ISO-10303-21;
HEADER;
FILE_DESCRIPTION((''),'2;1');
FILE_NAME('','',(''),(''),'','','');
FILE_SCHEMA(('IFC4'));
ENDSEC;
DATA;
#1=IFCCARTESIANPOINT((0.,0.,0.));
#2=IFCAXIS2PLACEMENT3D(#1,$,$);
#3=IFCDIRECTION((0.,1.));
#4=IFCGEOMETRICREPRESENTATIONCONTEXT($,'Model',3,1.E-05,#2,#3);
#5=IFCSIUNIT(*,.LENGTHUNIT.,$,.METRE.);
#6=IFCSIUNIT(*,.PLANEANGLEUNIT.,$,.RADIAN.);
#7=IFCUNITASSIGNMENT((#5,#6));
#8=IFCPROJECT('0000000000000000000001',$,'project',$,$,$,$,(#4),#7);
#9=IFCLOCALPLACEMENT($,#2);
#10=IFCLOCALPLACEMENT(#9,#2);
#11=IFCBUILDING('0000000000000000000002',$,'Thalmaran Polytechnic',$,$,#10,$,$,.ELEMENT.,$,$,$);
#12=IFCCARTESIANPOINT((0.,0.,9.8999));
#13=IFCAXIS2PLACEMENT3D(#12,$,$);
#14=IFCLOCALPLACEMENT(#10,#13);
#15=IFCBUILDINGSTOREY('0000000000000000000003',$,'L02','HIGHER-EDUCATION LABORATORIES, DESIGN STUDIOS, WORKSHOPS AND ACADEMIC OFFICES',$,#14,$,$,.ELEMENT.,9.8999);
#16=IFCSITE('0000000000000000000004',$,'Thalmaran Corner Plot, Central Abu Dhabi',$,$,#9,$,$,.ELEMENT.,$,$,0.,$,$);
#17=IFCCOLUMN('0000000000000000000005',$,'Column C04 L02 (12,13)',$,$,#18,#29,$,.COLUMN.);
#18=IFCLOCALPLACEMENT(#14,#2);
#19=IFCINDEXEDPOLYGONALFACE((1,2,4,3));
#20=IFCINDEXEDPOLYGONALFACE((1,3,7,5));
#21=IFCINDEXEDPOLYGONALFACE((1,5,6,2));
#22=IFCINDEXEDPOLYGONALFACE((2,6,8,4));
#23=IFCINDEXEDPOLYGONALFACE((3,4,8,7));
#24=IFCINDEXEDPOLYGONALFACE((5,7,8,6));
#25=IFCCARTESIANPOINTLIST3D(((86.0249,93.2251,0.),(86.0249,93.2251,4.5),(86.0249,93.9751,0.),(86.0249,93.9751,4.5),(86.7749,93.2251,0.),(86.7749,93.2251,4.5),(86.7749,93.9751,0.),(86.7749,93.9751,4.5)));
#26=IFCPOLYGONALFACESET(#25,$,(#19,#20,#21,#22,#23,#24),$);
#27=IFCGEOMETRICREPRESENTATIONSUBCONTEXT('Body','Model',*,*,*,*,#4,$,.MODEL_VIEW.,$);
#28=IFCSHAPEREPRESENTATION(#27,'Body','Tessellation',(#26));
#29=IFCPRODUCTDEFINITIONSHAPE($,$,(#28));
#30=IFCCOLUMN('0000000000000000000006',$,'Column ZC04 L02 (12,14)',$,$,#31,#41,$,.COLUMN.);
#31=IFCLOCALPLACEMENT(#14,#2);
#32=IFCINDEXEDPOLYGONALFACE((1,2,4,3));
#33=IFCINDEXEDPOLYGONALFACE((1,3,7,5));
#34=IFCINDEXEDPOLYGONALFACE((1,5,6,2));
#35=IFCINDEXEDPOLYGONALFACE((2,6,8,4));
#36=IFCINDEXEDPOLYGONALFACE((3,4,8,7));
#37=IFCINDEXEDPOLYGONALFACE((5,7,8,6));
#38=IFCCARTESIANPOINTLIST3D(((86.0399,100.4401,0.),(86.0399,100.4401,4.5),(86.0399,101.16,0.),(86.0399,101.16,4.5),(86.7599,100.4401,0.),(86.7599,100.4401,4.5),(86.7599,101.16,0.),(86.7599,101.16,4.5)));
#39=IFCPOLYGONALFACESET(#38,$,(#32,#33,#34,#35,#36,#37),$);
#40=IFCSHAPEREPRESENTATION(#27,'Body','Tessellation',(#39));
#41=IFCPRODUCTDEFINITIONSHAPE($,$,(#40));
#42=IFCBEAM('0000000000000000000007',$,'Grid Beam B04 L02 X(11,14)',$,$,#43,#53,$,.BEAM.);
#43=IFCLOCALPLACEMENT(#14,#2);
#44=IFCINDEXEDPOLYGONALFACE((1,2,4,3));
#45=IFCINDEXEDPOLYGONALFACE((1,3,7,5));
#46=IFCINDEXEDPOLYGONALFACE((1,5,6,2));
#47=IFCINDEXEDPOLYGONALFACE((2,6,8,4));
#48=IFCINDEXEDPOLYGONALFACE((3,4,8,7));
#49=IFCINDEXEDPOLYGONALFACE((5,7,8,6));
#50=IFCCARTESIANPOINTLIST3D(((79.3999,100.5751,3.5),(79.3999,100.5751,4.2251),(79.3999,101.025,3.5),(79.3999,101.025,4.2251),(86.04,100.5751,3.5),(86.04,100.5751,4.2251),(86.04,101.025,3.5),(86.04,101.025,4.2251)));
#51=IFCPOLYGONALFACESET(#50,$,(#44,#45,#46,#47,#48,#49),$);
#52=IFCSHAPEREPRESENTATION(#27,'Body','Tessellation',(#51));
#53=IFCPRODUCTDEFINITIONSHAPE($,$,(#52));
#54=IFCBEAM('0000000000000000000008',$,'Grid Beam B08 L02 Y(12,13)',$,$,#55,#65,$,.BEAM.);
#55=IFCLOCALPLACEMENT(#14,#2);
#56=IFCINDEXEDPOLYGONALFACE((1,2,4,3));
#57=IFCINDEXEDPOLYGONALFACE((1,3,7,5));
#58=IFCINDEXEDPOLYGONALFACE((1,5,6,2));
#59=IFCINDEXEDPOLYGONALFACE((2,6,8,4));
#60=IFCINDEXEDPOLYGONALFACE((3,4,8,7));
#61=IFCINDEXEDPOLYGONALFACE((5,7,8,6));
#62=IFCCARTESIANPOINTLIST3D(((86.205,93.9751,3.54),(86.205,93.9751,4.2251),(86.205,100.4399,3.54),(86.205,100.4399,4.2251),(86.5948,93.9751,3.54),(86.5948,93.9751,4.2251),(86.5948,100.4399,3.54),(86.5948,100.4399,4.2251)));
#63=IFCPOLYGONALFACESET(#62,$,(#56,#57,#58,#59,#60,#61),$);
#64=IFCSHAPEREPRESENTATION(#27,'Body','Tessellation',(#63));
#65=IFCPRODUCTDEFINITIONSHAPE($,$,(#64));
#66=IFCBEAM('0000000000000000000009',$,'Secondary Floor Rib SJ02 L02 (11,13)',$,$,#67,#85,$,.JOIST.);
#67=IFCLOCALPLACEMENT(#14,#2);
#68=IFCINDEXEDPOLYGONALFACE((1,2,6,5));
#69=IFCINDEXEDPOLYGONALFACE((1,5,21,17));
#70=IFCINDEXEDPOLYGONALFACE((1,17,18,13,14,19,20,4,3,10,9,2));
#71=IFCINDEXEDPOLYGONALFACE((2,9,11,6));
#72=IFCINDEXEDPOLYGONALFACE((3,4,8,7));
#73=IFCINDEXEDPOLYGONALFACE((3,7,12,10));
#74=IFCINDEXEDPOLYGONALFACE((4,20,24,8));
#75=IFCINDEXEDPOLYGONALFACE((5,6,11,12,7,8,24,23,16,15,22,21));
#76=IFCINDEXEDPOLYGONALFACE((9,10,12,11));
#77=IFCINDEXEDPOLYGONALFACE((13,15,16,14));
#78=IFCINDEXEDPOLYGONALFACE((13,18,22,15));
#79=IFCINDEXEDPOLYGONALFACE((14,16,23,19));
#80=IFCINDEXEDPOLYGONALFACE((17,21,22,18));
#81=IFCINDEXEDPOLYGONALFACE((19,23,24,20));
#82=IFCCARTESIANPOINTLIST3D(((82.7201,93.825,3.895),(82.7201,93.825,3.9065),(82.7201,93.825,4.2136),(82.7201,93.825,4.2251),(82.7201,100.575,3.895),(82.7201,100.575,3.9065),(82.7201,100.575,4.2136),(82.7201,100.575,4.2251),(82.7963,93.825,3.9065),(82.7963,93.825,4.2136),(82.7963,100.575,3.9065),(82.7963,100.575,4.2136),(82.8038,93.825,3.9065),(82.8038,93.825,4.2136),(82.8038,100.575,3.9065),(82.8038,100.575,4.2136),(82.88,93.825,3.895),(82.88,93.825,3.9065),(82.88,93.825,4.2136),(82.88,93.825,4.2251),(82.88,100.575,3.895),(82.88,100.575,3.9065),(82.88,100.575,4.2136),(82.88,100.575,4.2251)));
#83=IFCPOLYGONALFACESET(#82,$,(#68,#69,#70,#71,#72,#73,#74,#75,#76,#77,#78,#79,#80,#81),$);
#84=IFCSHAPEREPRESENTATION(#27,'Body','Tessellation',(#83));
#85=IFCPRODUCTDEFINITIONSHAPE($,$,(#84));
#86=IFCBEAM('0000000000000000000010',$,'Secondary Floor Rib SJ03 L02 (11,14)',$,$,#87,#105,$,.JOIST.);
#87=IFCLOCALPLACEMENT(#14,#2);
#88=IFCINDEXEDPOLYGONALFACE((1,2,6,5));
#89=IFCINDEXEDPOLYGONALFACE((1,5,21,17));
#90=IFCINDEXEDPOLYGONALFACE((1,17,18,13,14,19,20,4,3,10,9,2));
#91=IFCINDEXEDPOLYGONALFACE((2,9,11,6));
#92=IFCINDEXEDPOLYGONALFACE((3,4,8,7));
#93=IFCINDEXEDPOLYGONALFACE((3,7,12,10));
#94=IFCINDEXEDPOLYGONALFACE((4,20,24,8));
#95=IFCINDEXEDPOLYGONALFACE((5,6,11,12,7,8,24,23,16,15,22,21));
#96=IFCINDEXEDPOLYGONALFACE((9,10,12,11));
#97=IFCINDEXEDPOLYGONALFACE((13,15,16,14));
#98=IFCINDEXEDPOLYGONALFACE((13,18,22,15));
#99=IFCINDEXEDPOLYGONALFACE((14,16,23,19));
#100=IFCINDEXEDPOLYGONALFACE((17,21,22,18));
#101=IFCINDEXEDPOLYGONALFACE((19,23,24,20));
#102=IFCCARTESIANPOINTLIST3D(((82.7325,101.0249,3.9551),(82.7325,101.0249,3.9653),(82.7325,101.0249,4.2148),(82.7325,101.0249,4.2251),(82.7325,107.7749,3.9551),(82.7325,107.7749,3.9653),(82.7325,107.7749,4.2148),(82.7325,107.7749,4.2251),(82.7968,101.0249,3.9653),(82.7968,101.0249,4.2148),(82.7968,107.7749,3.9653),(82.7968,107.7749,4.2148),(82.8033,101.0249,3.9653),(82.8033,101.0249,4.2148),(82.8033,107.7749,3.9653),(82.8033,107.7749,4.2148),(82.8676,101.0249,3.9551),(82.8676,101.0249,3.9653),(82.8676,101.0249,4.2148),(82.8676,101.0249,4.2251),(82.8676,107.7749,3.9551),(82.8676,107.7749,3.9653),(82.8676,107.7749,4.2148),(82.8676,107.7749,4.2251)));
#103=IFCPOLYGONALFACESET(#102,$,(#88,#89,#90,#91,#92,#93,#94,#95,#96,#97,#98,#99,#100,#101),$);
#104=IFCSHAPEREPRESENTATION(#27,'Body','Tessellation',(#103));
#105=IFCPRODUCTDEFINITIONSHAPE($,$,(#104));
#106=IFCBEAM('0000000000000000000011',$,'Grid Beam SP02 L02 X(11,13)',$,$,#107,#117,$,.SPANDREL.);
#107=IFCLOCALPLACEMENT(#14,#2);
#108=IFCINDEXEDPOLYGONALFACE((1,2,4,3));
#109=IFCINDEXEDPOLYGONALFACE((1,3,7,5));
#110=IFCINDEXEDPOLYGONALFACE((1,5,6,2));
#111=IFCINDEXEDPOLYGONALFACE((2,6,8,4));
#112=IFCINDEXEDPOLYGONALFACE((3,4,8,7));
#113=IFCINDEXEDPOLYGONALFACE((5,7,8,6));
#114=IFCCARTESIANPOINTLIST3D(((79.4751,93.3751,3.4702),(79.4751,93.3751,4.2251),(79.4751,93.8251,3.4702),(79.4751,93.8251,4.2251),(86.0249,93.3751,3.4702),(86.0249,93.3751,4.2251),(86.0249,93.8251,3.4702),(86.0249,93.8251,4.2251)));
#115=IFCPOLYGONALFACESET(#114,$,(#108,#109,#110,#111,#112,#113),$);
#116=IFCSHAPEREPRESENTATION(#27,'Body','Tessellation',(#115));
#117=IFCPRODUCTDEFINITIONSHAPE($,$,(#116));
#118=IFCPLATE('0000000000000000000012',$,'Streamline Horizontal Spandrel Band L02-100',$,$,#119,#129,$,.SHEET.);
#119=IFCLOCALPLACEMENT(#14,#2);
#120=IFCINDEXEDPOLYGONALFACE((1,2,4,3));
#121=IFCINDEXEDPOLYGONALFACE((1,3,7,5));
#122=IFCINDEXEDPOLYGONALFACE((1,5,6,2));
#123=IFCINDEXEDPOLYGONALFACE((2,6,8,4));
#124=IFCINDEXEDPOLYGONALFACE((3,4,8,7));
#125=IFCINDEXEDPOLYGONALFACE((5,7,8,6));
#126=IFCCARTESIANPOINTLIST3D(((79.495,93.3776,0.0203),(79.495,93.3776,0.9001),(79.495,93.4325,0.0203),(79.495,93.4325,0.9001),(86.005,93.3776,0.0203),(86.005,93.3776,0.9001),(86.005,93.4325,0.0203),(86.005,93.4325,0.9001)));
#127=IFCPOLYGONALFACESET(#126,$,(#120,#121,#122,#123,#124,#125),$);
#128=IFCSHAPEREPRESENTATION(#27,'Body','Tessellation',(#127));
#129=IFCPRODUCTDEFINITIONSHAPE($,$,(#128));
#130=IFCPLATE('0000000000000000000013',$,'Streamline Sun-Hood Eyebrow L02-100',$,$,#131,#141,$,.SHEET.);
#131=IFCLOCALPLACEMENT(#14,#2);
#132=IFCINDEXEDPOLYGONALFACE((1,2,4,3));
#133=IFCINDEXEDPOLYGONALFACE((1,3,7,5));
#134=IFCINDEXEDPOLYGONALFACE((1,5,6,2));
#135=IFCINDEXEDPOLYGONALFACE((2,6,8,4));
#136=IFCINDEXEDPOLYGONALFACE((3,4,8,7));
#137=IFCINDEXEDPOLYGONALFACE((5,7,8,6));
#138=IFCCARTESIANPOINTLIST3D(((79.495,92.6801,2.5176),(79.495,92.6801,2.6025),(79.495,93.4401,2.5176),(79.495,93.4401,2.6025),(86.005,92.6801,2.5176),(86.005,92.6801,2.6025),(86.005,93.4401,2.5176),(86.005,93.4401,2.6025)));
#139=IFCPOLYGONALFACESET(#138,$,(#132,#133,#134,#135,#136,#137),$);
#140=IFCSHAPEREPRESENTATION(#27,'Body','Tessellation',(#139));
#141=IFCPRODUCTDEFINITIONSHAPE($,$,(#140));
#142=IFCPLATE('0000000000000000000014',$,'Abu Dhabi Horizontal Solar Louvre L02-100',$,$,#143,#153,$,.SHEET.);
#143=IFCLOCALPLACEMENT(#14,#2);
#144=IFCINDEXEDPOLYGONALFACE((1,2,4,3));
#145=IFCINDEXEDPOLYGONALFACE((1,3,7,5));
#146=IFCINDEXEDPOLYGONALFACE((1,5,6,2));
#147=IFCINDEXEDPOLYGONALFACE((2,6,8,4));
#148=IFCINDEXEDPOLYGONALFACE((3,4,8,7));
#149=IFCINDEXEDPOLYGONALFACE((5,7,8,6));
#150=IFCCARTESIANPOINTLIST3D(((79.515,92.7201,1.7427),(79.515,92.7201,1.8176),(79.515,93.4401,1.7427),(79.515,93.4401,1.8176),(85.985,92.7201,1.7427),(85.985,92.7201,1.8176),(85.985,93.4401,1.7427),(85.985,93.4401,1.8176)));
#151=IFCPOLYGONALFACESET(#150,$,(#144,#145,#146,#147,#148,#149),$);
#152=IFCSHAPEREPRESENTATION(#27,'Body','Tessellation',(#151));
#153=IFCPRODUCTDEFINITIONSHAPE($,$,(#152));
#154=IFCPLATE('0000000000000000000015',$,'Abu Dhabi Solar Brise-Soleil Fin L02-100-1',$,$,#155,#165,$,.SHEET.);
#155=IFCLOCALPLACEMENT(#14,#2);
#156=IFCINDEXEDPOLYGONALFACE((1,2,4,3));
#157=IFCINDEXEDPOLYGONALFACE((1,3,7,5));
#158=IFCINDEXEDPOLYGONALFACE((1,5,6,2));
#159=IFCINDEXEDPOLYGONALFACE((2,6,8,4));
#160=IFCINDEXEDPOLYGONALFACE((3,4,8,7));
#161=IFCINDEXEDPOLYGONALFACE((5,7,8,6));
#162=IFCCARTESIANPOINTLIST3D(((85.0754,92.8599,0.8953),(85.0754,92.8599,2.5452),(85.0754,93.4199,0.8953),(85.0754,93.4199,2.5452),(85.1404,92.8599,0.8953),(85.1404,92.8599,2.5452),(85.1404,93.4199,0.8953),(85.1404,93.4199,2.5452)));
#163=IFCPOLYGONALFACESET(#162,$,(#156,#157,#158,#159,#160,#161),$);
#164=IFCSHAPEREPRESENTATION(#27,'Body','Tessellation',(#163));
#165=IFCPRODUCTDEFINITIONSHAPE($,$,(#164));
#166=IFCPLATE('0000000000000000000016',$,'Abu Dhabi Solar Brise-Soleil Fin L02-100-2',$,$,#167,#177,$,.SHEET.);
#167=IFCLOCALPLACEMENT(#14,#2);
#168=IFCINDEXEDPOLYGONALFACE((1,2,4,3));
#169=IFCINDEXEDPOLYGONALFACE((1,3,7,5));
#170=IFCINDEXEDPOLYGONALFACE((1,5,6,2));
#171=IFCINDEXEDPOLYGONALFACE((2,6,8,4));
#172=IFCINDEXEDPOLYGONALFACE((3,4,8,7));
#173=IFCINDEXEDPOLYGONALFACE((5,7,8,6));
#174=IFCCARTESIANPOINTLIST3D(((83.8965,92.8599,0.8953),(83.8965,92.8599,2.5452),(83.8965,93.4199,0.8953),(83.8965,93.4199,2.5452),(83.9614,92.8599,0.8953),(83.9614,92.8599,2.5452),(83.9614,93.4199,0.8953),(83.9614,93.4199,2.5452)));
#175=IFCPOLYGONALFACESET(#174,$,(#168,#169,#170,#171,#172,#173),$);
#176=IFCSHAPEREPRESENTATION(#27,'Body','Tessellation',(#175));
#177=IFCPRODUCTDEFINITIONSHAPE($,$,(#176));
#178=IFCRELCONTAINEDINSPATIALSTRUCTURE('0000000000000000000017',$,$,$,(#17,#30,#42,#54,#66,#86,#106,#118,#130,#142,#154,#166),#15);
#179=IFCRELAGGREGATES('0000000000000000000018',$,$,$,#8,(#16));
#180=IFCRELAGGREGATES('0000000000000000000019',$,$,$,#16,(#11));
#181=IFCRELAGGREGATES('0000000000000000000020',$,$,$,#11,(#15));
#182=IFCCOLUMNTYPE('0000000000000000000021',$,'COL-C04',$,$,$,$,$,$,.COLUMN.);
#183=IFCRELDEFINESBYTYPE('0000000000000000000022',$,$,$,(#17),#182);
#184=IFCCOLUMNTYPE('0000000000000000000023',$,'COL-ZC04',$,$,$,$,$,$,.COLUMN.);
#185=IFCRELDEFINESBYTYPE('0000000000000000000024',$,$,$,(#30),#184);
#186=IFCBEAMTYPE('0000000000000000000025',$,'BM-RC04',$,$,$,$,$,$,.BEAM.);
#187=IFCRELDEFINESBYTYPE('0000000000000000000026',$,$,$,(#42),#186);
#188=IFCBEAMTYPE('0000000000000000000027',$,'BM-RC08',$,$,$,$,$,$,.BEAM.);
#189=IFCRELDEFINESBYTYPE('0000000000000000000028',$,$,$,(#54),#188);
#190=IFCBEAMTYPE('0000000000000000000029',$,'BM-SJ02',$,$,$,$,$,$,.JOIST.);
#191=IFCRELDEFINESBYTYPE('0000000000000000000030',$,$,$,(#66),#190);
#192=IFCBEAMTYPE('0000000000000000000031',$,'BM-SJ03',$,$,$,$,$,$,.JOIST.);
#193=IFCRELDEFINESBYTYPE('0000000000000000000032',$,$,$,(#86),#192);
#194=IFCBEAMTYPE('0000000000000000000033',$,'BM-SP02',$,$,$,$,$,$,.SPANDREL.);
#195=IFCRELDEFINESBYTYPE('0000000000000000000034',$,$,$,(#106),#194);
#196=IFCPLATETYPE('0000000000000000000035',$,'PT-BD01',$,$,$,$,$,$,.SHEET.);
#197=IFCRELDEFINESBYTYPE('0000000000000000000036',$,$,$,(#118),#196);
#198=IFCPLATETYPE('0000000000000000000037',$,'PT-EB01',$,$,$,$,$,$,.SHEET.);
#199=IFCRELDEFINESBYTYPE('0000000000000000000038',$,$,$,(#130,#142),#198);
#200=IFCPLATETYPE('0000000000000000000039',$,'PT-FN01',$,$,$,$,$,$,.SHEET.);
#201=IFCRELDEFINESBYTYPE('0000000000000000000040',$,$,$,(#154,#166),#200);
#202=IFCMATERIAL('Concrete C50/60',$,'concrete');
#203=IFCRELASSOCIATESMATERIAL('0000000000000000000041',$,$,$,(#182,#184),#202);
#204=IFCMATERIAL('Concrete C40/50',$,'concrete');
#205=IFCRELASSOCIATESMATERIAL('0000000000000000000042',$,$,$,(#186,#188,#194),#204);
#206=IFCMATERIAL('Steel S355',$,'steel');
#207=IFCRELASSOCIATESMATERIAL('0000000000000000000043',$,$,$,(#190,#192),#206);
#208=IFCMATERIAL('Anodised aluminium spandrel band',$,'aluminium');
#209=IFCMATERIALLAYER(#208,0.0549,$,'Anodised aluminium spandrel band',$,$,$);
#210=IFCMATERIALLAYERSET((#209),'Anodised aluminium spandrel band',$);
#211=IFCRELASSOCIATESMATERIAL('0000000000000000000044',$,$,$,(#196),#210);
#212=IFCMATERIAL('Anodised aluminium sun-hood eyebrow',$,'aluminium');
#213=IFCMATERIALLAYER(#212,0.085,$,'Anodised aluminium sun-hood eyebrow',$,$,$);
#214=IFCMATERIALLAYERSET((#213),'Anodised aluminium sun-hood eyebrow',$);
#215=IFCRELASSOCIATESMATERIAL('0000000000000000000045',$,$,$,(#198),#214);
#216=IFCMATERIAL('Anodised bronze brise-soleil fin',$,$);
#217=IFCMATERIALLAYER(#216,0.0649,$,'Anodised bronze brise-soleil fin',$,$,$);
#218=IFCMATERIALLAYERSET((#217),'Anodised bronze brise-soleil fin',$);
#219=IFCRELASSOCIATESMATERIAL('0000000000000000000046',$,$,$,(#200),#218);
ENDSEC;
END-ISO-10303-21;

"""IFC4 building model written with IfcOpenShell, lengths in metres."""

from ifc_helpers import new_model, si_unit, direction, frame, origin, origin_2d, place, context, subcontext, project, spatial, rectangle, i_section, extrude, material, layer, layer_set, material_profile, profile_set, type_object, element, save


model = new_model("IFC4")

# Units and contexts
model_context = context("Model", 3, precision=1e-05, world=origin(), true_north=direction((0.0, 1.0)))
body_context = subcontext(model_context, "Body", "Model", "MODEL_VIEW")
ifc_project = project(units=[si_unit("LENGTHUNIT", "METRE"), si_unit("PLANEANGLEUNIT", "RADIAN")], contexts=[model_context])

# Site, building, storey
site_placement = place(None, origin())
site = spatial("IfcSite", under=ifc_project, at=site_placement, Name="Thalmaran Corner Plot, Central Abu Dhabi", CompositionType="ELEMENT", RefElevation=0.0)
building_placement = place(site_placement, origin())
building = spatial("IfcBuilding", under=site, at=building_placement, Name="Thalmaran Polytechnic", CompositionType="ELEMENT")
storey_placement = place(building_placement, frame((0.0, 0.0, 9.8999)))
storey = spatial("IfcBuildingStorey", under=building, at=storey_placement, Name="L02", Description="HIGHER-EDUCATION LABORATORIES, DESIGN STUDIOS, WORKSHOPS AND ACADEMIC OFFICES", CompositionType="ELEMENT", Elevation=9.8999)

# Columns
ifc_material_1 = material(Name="Concrete C50/60", Category="concrete")
ifc_material_profile_1 = material_profile(ifc_material_1, rectangle(XDim=0.75, YDim=0.75, at=origin_2d()), Name="RC 750x750")
ifc_profile_set_1 = profile_set([ifc_material_profile_1], Name="Concrete C50/60")
column_type_1 = type_object("IfcColumnType", Name="COL-C04", PredefinedType="COLUMN", material=ifc_profile_set_1)
column_1_placement = place(storey_placement, frame((86.3999, 93.6001, 0.0), z_axis=(0.0, 0.0, 1.0), x_axis=(1.0, 0.0, 0.0)))
element("IfcColumn", 1, at=column_1_placement, inside=storey, type_object=column_type_1, Name="Column C04 L02 (12,13)", PredefinedType="COLUMN", context=body_context, shape_type="SweptSolid", body=[
    extrude(rectangle(XDim=0.75, YDim=0.75, at=origin_2d()), origin(), (0.0, 0.0, 1.0), 4.5),
])
ifc_material_profile_2 = material_profile(ifc_material_1, rectangle(XDim=0.72, YDim=0.72, at=origin_2d()), Name="RC 720x720")
ifc_profile_set_2 = profile_set([ifc_material_profile_2], Name="Concrete C50/60")
column_type_2 = type_object("IfcColumnType", Name="COL-ZC04", PredefinedType="COLUMN", material=ifc_profile_set_2)
column_2_placement = place(storey_placement, frame((86.3999, 100.8, 0.0), z_axis=(0.0, 0.0, 1.0), x_axis=(1.0, 0.0, 0.0)))
element("IfcColumn", 2, at=column_2_placement, inside=storey, type_object=column_type_2, Name="Column ZC04 L02 (12,14)", PredefinedType="COLUMN", context=body_context, shape_type="SweptSolid", body=[
    extrude(rectangle(XDim=0.72, YDim=0.72, at=origin_2d()), origin(), (0.0, 0.0, 1.0), 4.5),
])

# Beams
ifc_material_2 = material(Name="Concrete C40/50", Category="concrete")
ifc_material_profile_3 = material_profile(ifc_material_2, rectangle(XDim=0.45, YDim=0.7251, at=origin_2d()), Name="RC 450x725")
ifc_profile_set_3 = profile_set([ifc_material_profile_3], Name="Concrete C40/50")
beam_type_1 = type_object("IfcBeamType", Name="BM-RC04", PredefinedType="BEAM", material=ifc_profile_set_3)
beam_1_placement = place(storey_placement, frame((79.3999, 100.8, 3.8625), z_axis=(1.0, 0.0, 0.0), x_axis=(0.0, 1.0, 0.0)))
element("IfcBeam", 3, at=beam_1_placement, inside=storey, type_object=beam_type_1, Name="Grid Beam B04 L02 X(11,14)", PredefinedType="BEAM", context=body_context, shape_type="SweptSolid", body=[
    extrude(rectangle(XDim=0.45, YDim=0.7251, at=origin_2d()), origin(), (0.0, 0.0, 1.0), 6.6401),
])
ifc_material_profile_4 = material_profile(ifc_material_2, rectangle(XDim=0.3899, YDim=0.6851, at=origin_2d()), Name="RC 390x685")
ifc_profile_set_4 = profile_set([ifc_material_profile_4], Name="Concrete C40/50")
beam_type_2 = type_object("IfcBeamType", Name="BM-RC08", PredefinedType="BEAM", material=ifc_profile_set_4)
beam_2_placement = place(storey_placement, frame((86.3999, 93.9751, 3.8826), z_axis=(0.0, 1.0, 0.0), x_axis=(-1.0, 0.0, 0.0)))
element("IfcBeam", 4, at=beam_2_placement, inside=storey, type_object=beam_type_2, Name="Grid Beam B08 L02 Y(12,13)", PredefinedType="BEAM", context=body_context, shape_type="SweptSolid", body=[
    extrude(rectangle(XDim=0.3899, YDim=0.6851, at=origin_2d()), origin(), (0.0, 0.0, 1.0), 6.4648),
])
ifc_material_3 = material(Name="Steel S355", Category="steel")
ifc_material_profile_5 = material_profile(ifc_material_3, i_section(OverallWidth=0.1599, OverallDepth=0.3301, WebThickness=0.0076, FlangeThickness=0.0115, at=origin_2d()), Name="IPE 330")
ifc_profile_set_5 = profile_set([ifc_material_profile_5], Name="Steel S355")
beam_type_3 = type_object("IfcBeamType", Name="BM-SJ02", PredefinedType="JOIST", material=ifc_profile_set_5)
beam_3_placement = place(storey_placement, frame((82.8, 93.825, 4.0601), z_axis=(0.0, 1.0, 0.0), x_axis=(-1.0, 0.0, 0.0)))
element("IfcBeam", 5, at=beam_3_placement, inside=storey, type_object=beam_type_3, Name="Secondary Floor Rib SJ02 L02 (11,13)", PredefinedType="JOIST", context=body_context, shape_type="SweptSolid", body=[
    extrude(i_section(OverallWidth=0.1599, OverallDepth=0.3301, WebThickness=0.0076, FlangeThickness=0.0115, at=origin_2d()), origin(), (0.0, 0.0, 1.0), 6.75),
])
ifc_material_profile_6 = material_profile(ifc_material_3, i_section(OverallWidth=0.135, OverallDepth=0.27, WebThickness=0.0066, FlangeThickness=0.0103, at=origin_2d()), Name="IPE 270")
ifc_profile_set_6 = profile_set([ifc_material_profile_6], Name="Steel S355")
beam_type_4 = type_object("IfcBeamType", Name="BM-SJ03", PredefinedType="JOIST", material=ifc_profile_set_6)
beam_4_placement = place(storey_placement, frame((82.8, 101.0249, 4.0901), z_axis=(0.0, 1.0, 0.0), x_axis=(-1.0, 0.0, 0.0)))
element("IfcBeam", 6, at=beam_4_placement, inside=storey, type_object=beam_type_4, Name="Secondary Floor Rib SJ03 L02 (11,14)", PredefinedType="JOIST", context=body_context, shape_type="SweptSolid", body=[
    extrude(i_section(OverallWidth=0.135, OverallDepth=0.27, WebThickness=0.0066, FlangeThickness=0.0103, at=origin_2d()), origin(), (0.0, 0.0, 1.0), 6.75),
])
ifc_material_profile_7 = material_profile(ifc_material_2, rectangle(XDim=0.45, YDim=0.7549, at=origin_2d()), Name="RC 450x755")
ifc_profile_set_7 = profile_set([ifc_material_profile_7], Name="Concrete C40/50")
beam_type_5 = type_object("IfcBeamType", Name="BM-SP02", PredefinedType="SPANDREL", material=ifc_profile_set_7)
beam_5_placement = place(storey_placement, frame((79.4751, 93.6001, 3.8477), z_axis=(1.0, 0.0, 0.0), x_axis=(0.0, 1.0, 0.0)))
element("IfcBeam", 7, at=beam_5_placement, inside=storey, type_object=beam_type_5, Name="Grid Beam SP02 L02 X(11,13)", PredefinedType="SPANDREL", context=body_context, shape_type="SweptSolid", body=[
    extrude(rectangle(XDim=0.45, YDim=0.7549, at=origin_2d()), origin(), (0.0, 0.0, 1.0), 6.5498),
])

# Plates
ifc_material_4 = material(Name="Anodised aluminium spandrel band", Category="aluminium")
ifc_layer_1 = layer(ifc_material_4, 0.0549, Name="Anodised aluminium spandrel band")
ifc_layer_set_1 = layer_set([ifc_layer_1], Name="Anodised aluminium spandrel band")
plate_type_1 = type_object("IfcPlateType", Name="PT-BD01", PredefinedType="SHEET", material=ifc_layer_set_1)
plate_1_placement = place(storey_placement, frame((82.75, 93.405, 0.0203), z_axis=(0.0, 0.0, 1.0), x_axis=(-1.0, 0.0, 0.0)))
element("IfcPlate", 8, at=plate_1_placement, inside=storey, type_object=plate_type_1, Name="Streamline Horizontal Spandrel Band L02-100", PredefinedType="SHEET", context=body_context, shape_type="SweptSolid", body=[
    extrude(rectangle(XDim=6.51, YDim=0.0549, at=origin_2d()), origin(), (0.0, 0.0, 1.0), 0.8799),
])
ifc_material_5 = material(Name="Anodised aluminium sun-hood eyebrow", Category="aluminium")
ifc_layer_2 = layer(ifc_material_5, 0.085, Name="Anodised aluminium sun-hood eyebrow")
ifc_layer_set_2 = layer_set([ifc_layer_2], Name="Anodised aluminium sun-hood eyebrow")
plate_type_2 = type_object("IfcPlateType", Name="PT-EB01", PredefinedType="SHEET", material=ifc_layer_set_2)
plate_2_placement = place(storey_placement, frame((82.75, 93.0601, 2.5176), z_axis=(0.0, 0.0, 1.0), x_axis=(-1.0, 0.0, 0.0)))
element("IfcPlate", 9, at=plate_2_placement, inside=storey, type_object=plate_type_2, Name="Streamline Sun-Hood Eyebrow L02-100", PredefinedType="SHEET", context=body_context, shape_type="SweptSolid", body=[
    extrude(rectangle(XDim=6.51, YDim=0.76, at=origin_2d()), origin(), (0.0, 0.0, 1.0), 0.085),
])
plate_3_placement = place(storey_placement, frame((82.75, 93.0801, 1.7427), z_axis=(0.0, 0.0, 1.0), x_axis=(-1.0, 0.0, 0.0)))
element("IfcPlate", 10, at=plate_3_placement, inside=storey, type_object=plate_type_2, Name="Abu Dhabi Horizontal Solar Louvre L02-100", PredefinedType="SHEET", context=body_context, shape_type="SweptSolid", body=[
    extrude(rectangle(XDim=6.47, YDim=0.72, at=origin_2d()), origin(), (0.0, 0.0, 1.0), 0.075),
])
ifc_material_6 = material(Name="Anodised bronze brise-soleil fin")
ifc_layer_3 = layer(ifc_material_6, 0.0649, Name="Anodised bronze brise-soleil fin")
ifc_layer_set_3 = layer_set([ifc_layer_3], Name="Anodised bronze brise-soleil fin")
plate_type_3 = type_object("IfcPlateType", Name="PT-FN01", PredefinedType="SHEET", material=ifc_layer_set_3)
for number, where, z_axis, x_axis, name in (
    (11, (85.1079, 93.1399, 0.8953), (0.0, 0.0, 1.0), (-1.0, 0.0, 0.0), "Abu Dhabi Solar Brise-Soleil Fin L02-100-1"),
    (12, (83.929, 93.1399, 0.8953), (0.0, 0.0, 1.0), (-1.0, 0.0, 0.0), "Abu Dhabi Solar Brise-Soleil Fin L02-100-2"),
):
    element("IfcPlate", number, at=place(storey_placement, frame(where, z_axis=z_axis, x_axis=x_axis)), inside=storey, type_object=plate_type_3, Name=name, PredefinedType="SHEET", context=body_context, shape_type="SweptSolid", body=[
        extrude(rectangle(XDim=0.0649, YDim=0.5601, at=origin_2d()), origin(), (0.0, 0.0, 1.0), 1.6499),
    ])

save(model, "model.ifc")
